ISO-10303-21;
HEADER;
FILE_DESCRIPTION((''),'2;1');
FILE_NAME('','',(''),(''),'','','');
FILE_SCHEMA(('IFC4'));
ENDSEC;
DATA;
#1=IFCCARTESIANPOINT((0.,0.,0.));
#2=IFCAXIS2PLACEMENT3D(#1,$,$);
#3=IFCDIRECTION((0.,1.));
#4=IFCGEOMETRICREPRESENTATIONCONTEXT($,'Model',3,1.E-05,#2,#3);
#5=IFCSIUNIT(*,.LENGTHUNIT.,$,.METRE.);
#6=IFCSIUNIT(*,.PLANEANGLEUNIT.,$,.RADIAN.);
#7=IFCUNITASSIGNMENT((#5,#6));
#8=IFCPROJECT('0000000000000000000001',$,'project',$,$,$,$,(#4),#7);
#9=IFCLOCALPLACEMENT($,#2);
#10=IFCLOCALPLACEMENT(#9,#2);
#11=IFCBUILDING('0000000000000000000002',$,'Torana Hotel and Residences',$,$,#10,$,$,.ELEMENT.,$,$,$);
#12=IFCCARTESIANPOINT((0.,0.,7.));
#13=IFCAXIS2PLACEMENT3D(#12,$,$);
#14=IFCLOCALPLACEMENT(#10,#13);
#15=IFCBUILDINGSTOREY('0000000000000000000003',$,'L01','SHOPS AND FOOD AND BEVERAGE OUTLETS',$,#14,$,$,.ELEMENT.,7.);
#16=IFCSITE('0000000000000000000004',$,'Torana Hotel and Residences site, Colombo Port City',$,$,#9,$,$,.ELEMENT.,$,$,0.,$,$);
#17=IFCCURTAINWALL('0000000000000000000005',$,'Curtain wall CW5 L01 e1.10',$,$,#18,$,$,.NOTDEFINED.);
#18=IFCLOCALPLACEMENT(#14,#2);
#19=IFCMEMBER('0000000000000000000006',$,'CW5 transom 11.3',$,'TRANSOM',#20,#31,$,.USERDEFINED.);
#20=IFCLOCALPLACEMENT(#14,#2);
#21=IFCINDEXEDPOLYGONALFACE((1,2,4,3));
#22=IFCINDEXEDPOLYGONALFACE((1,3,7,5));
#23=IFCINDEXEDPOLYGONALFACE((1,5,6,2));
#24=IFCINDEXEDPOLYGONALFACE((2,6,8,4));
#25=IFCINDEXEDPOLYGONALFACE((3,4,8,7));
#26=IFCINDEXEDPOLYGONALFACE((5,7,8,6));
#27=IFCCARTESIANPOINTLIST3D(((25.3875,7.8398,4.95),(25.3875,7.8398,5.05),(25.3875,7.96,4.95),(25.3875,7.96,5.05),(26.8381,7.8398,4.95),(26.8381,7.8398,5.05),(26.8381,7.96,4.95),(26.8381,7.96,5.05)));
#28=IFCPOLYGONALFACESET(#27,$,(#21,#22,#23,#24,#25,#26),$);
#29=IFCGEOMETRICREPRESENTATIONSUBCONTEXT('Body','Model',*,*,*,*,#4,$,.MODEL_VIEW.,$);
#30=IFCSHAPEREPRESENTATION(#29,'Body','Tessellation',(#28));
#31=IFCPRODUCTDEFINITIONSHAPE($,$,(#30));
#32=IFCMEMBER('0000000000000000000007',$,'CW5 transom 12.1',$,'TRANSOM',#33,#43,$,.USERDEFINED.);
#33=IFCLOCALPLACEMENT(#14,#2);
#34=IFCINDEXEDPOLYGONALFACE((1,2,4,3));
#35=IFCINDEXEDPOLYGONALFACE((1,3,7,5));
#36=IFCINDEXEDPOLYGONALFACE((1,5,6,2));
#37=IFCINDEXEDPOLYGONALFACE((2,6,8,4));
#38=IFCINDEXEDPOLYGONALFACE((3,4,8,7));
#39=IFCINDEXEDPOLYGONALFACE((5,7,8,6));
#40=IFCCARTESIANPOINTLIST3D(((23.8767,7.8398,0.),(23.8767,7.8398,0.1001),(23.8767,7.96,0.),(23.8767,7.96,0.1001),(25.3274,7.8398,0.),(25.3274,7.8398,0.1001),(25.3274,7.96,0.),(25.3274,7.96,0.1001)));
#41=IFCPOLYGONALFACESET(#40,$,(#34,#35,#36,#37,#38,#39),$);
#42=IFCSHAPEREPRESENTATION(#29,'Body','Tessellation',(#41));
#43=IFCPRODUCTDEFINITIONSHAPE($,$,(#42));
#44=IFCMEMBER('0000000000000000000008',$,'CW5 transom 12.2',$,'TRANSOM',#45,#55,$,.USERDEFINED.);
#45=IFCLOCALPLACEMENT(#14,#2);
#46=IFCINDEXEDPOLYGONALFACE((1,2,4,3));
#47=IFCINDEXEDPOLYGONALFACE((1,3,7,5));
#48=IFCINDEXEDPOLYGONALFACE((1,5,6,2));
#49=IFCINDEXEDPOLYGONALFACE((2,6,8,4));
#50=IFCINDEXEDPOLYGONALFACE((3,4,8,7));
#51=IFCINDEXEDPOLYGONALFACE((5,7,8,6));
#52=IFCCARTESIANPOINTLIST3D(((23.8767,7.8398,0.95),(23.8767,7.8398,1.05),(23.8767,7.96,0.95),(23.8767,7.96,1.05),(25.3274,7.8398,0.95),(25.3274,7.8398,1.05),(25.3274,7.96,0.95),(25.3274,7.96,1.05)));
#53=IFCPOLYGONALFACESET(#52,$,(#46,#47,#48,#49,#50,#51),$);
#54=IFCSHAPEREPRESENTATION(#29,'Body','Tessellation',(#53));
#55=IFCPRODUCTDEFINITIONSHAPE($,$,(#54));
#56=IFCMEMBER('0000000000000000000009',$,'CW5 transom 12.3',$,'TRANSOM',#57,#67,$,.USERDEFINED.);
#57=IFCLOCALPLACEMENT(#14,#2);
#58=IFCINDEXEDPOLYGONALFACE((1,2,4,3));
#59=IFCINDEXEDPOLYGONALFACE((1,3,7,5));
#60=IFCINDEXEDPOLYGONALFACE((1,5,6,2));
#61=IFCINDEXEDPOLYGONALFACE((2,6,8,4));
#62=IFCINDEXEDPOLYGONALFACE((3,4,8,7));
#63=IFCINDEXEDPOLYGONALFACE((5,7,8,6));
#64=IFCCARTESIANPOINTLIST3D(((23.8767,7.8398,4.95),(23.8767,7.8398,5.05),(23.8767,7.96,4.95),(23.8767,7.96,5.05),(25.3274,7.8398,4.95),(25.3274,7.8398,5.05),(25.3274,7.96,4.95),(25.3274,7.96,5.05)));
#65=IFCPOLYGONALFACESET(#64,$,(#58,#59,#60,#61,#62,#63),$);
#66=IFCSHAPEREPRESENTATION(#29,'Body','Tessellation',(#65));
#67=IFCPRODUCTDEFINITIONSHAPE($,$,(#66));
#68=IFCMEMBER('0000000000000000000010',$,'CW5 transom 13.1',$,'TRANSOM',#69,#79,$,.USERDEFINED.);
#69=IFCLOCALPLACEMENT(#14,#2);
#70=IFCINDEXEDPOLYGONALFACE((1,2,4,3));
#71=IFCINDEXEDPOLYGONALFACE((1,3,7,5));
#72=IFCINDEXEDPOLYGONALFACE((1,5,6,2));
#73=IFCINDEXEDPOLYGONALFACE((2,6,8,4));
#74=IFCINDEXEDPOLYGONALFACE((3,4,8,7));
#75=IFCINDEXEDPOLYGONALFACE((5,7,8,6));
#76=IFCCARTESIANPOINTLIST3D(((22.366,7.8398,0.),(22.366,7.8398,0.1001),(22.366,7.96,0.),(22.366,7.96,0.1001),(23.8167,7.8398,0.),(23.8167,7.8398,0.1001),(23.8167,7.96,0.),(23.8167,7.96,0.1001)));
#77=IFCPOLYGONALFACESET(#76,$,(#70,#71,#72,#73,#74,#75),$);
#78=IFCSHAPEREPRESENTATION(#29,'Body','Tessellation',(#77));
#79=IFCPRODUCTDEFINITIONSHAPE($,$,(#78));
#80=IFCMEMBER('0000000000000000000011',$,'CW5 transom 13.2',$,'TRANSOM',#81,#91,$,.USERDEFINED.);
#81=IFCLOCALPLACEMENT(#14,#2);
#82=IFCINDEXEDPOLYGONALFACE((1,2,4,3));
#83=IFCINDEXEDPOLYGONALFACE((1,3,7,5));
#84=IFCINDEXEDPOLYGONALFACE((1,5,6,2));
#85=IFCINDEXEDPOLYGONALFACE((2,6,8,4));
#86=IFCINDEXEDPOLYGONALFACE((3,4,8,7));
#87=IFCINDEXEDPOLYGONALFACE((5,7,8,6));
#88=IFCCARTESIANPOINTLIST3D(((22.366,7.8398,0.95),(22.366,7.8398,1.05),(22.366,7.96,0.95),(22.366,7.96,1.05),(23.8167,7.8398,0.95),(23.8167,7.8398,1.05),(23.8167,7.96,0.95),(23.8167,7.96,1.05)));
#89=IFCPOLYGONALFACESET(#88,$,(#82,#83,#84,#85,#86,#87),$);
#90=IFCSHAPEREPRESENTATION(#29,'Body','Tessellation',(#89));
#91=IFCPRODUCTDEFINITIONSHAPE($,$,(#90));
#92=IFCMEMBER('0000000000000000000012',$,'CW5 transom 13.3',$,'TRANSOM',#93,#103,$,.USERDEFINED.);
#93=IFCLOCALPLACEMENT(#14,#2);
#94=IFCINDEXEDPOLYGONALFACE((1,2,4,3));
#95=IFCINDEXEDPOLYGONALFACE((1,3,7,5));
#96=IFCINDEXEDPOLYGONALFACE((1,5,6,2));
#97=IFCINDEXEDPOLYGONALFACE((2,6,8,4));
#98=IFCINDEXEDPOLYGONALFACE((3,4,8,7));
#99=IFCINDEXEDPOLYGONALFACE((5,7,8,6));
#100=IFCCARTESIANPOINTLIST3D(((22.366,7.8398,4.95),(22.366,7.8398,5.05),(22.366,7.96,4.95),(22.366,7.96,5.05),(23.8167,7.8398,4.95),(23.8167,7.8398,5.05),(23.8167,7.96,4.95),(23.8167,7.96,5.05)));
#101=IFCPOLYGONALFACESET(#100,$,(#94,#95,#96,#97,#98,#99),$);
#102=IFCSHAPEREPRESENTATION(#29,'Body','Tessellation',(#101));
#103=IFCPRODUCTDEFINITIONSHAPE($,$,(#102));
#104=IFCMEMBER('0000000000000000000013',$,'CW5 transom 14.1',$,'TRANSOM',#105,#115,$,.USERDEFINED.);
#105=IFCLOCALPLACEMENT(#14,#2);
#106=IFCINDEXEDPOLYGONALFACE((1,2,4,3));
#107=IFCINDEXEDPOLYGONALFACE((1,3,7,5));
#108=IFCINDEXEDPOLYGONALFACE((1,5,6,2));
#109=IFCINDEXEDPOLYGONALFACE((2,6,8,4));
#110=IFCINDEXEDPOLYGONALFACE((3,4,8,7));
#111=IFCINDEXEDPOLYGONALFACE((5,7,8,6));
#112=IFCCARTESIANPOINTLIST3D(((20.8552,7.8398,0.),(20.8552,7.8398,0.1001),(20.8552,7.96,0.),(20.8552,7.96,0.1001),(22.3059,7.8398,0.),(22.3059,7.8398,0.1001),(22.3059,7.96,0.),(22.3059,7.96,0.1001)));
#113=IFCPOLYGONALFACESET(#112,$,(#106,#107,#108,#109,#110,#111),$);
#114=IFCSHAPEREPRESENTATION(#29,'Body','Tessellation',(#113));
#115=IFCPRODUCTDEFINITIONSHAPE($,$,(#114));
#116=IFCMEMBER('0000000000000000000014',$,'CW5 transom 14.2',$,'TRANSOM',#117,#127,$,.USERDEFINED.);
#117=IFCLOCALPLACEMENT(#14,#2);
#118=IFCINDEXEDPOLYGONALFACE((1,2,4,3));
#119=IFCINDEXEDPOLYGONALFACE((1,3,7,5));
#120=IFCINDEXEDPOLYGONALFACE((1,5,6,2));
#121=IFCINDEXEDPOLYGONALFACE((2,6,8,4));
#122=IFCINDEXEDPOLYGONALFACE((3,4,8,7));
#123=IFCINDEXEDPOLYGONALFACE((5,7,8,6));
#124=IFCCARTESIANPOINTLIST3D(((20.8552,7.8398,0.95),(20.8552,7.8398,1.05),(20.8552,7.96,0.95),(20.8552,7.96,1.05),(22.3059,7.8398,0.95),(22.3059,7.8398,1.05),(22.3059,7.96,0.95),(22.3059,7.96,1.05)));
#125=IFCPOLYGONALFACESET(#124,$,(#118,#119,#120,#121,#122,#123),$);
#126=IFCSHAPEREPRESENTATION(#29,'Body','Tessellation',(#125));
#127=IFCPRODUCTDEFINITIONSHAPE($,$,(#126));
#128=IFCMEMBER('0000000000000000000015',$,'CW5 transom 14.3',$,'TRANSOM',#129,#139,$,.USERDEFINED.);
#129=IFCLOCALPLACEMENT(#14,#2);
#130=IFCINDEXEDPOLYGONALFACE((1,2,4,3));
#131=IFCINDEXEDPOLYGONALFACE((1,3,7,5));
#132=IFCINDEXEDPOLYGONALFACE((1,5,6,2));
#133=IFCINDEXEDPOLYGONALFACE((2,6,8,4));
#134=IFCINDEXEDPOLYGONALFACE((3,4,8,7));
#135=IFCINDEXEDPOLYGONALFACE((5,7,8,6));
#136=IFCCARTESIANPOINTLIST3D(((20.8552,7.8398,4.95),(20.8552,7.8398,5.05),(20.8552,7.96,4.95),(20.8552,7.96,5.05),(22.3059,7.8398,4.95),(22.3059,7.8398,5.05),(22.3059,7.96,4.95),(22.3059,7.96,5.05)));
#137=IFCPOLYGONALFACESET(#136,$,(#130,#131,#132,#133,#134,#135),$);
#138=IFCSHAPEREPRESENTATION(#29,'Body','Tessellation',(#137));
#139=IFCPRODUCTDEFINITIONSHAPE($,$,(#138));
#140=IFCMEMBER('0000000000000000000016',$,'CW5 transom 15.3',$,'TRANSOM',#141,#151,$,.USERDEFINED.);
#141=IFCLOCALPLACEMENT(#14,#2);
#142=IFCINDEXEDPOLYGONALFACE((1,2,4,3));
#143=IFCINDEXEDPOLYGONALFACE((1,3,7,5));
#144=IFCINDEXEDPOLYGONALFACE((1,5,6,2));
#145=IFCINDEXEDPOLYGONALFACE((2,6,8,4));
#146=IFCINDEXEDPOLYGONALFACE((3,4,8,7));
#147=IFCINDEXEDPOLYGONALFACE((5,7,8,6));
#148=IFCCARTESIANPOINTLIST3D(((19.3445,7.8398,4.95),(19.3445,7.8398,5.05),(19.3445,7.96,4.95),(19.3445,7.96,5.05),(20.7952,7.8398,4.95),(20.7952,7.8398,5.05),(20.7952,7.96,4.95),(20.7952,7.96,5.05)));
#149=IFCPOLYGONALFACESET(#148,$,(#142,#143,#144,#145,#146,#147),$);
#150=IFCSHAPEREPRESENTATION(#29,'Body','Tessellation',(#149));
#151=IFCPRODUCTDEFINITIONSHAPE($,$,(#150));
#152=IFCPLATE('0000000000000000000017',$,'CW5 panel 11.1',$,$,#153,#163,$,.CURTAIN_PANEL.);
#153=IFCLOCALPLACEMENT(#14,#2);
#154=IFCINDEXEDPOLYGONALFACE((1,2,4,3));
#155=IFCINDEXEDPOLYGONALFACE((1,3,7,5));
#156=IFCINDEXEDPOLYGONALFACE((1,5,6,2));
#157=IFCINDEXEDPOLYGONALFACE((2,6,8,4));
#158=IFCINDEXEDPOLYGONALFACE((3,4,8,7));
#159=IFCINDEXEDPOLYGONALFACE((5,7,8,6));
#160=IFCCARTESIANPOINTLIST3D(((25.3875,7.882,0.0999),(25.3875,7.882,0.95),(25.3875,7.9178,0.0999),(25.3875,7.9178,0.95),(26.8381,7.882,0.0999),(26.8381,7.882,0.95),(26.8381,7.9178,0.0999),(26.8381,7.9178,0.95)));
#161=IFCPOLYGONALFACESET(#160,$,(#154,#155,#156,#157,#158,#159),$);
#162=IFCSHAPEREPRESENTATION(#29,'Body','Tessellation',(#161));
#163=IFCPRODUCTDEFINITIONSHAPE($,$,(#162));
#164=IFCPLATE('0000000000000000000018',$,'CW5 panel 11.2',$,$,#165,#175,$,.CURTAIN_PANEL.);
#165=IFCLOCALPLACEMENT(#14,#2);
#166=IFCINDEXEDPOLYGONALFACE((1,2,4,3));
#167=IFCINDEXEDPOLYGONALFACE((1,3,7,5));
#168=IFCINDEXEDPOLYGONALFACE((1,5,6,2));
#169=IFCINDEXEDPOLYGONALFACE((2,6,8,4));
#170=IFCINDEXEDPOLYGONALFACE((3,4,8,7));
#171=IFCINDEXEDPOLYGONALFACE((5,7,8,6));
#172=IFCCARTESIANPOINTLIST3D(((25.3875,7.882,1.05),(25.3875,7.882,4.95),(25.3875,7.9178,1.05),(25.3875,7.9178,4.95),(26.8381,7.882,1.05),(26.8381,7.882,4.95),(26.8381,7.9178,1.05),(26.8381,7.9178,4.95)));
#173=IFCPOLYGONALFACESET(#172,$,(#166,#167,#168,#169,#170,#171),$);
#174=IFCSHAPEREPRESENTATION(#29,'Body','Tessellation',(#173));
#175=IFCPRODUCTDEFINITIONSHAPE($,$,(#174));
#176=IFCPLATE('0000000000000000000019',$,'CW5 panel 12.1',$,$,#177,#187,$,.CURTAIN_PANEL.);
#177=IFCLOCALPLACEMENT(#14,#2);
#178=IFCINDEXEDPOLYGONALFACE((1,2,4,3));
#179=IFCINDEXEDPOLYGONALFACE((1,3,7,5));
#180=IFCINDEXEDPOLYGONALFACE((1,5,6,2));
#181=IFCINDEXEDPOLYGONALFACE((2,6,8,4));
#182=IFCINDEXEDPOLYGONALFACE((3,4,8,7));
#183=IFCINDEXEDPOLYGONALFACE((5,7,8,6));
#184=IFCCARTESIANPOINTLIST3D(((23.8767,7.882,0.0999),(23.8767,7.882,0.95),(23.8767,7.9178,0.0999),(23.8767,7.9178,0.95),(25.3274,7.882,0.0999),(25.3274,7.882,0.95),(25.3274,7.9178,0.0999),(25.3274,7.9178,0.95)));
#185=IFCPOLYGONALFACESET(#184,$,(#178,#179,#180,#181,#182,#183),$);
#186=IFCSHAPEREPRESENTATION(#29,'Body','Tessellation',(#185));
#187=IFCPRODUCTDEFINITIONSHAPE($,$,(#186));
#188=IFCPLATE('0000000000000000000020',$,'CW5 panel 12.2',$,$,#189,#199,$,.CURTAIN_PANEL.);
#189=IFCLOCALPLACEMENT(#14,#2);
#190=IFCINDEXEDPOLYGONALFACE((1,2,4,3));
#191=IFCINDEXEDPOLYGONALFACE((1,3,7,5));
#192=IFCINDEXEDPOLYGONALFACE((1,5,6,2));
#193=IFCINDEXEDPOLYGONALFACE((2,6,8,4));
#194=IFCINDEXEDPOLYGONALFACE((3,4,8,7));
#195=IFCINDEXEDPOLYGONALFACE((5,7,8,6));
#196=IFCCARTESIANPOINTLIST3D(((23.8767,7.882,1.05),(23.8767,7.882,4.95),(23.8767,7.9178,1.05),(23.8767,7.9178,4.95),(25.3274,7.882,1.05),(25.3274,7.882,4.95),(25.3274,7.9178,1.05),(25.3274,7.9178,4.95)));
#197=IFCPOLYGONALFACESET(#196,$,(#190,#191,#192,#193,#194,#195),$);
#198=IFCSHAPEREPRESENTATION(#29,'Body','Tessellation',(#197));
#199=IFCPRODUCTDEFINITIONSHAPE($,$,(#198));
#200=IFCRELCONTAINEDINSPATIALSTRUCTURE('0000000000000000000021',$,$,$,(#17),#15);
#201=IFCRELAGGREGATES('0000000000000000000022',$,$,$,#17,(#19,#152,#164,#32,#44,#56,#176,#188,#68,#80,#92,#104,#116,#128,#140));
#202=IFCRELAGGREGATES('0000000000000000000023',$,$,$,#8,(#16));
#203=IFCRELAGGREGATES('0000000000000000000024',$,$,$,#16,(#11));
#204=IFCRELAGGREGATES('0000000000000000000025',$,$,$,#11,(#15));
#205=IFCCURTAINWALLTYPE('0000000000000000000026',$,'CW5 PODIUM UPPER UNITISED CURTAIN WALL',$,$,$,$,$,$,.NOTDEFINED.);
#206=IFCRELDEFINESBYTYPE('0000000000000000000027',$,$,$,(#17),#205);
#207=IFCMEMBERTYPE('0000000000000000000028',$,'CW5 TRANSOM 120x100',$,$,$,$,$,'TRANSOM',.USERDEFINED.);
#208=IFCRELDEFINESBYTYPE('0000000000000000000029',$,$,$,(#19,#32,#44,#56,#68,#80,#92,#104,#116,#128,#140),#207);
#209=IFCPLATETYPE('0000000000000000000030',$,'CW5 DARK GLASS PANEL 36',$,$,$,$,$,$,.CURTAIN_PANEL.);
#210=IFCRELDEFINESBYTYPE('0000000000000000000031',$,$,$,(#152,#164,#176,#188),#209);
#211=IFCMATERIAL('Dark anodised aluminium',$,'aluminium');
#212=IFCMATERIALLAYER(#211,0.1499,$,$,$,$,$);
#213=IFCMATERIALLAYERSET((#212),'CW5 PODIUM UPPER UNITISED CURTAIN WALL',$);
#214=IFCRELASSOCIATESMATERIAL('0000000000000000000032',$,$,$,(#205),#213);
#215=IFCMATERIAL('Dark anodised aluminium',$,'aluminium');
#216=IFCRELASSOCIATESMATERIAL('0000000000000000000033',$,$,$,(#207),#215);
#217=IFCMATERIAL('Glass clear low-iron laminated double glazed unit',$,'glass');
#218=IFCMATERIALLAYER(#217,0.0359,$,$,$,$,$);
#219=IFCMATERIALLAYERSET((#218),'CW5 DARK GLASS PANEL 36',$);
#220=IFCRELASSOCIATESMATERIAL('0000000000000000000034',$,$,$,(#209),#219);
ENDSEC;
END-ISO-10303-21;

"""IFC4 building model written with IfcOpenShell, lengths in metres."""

from ifc_helpers import new_model, si_unit, direction, frame, origin, origin_2d, place, context, subcontext, project, spatial, rectangle, extrude, material, layer, layer_set, material_profile, profile_set, type_object, element, aggregate, save


model = new_model("IFC4")

# Units and contexts
model_context = context("Model", 3, precision=1e-05, world=origin(), true_north=direction((0.0, 1.0)))
body_context = subcontext(model_context, "Body", "Model", "MODEL_VIEW")
ifc_project = project(units=[si_unit("LENGTHUNIT", "METRE"), si_unit("PLANEANGLEUNIT", "RADIAN")], contexts=[model_context])

# Site, building, storey
site_placement = place(None, origin())
site = spatial("IfcSite", under=ifc_project, at=site_placement, Name="Torana Hotel and Residences site, Colombo Port City", CompositionType="ELEMENT", RefElevation=0.0)
building_placement = place(site_placement, origin())
building = spatial("IfcBuilding", under=site, at=building_placement, Name="Torana Hotel and Residences", CompositionType="ELEMENT")
storey_placement = place(building_placement, frame((0.0, 0.0, 7.0)))
storey = spatial("IfcBuildingStorey", under=building, at=storey_placement, Name="L01", Description="SHOPS AND FOOD AND BEVERAGE OUTLETS", CompositionType="ELEMENT", Elevation=7.0)

# Curtain wall, members, plates
ifc_material_1 = material(Name="Dark anodised aluminium", Category="aluminium")
ifc_layer_1 = layer(ifc_material_1, 0.1499)
ifc_layer_set_1 = layer_set([ifc_layer_1], Name="CW5 PODIUM UPPER UNITISED CURTAIN WALL")
curtain_wall_type = type_object("IfcCurtainWallType", Name="CW5 PODIUM UPPER UNITISED CURTAIN WALL", PredefinedType="NOTDEFINED", material=ifc_layer_set_1)
curtain_wall_placement = place(storey_placement, origin())
curtain_wall = element("IfcCurtainWall", 1, at=curtain_wall_placement, inside=storey, type_object=curtain_wall_type, Name="Curtain wall CW5 L01 e1.10", PredefinedType="NOTDEFINED")
ifc_material_2 = material(Name="Dark anodised aluminium", Category="aluminium")
ifc_material_profile_1 = material_profile(ifc_material_2, rectangle(XDim=0.1201, YDim=0.1001, at=origin_2d()), Name="CW5 TRANSOM 120x100")
ifc_profile_set_1 = profile_set([ifc_material_profile_1], Name="Dark anodised aluminium")
member_type_1 = type_object("IfcMemberType", Name="CW5 TRANSOM 120x100", ElementType="TRANSOM", PredefinedType="USERDEFINED", material=ifc_profile_set_1)
member_1_placement = place(storey_placement, frame((26.8381, 7.8999, 5.0), z_axis=(-1.0, 0.0, 0.0), x_axis=(0.0, -1.0, 0.0)))
member_1 = element("IfcMember", 2, at=member_1_placement, type_object=member_type_1, Name="CW5 transom 11.3", ObjectType="TRANSOM", PredefinedType="USERDEFINED", context=body_context, shape_type="SweptSolid", body=[
    extrude(rectangle(XDim=0.1201, YDim=0.1001, at=origin_2d()), origin(), (0.0, 0.0, 1.0), 1.4507),
])
member_2_placement = place(storey_placement, frame((25.3274, 7.8999, 0.05), z_axis=(-1.0, 0.0, 0.0), x_axis=(0.0, -1.0, 0.0)))
member_2 = element("IfcMember", 3, at=member_2_placement, type_object=member_type_1, Name="CW5 transom 12.1", ObjectType="TRANSOM", PredefinedType="USERDEFINED", context=body_context, shape_type="SweptSolid", body=[
    extrude(rectangle(XDim=0.1201, YDim=0.1001, at=origin_2d()), origin(), (0.0, 0.0, 1.0), 1.4507),
])
member_3_placement = place(storey_placement, frame((25.3274, 7.8999, 1.0), z_axis=(-1.0, 0.0, 0.0), x_axis=(0.0, -1.0, 0.0)))
member_3 = element("IfcMember", 4, at=member_3_placement, type_object=member_type_1, Name="CW5 transom 12.2", ObjectType="TRANSOM", PredefinedType="USERDEFINED", context=body_context, shape_type="SweptSolid", body=[
    extrude(rectangle(XDim=0.1201, YDim=0.1001, at=origin_2d()), origin(), (0.0, 0.0, 1.0), 1.4507),
])
member_4_placement = place(storey_placement, frame((25.3274, 7.8999, 5.0), z_axis=(-1.0, 0.0, 0.0), x_axis=(0.0, -1.0, 0.0)))
member_4 = element("IfcMember", 5, at=member_4_placement, type_object=member_type_1, Name="CW5 transom 12.3", ObjectType="TRANSOM", PredefinedType="USERDEFINED", context=body_context, shape_type="SweptSolid", body=[
    extrude(rectangle(XDim=0.1201, YDim=0.1001, at=origin_2d()), origin(), (0.0, 0.0, 1.0), 1.4507),
])
member_5_placement = place(storey_placement, frame((23.8167, 7.8999, 0.05), z_axis=(-1.0, 0.0, 0.0), x_axis=(0.0, -1.0, 0.0)))
member_5 = element("IfcMember", 6, at=member_5_placement, type_object=member_type_1, Name="CW5 transom 13.1", ObjectType="TRANSOM", PredefinedType="USERDEFINED", context=body_context, shape_type="SweptSolid", body=[
    extrude(rectangle(XDim=0.1201, YDim=0.1001, at=origin_2d()), origin(), (0.0, 0.0, 1.0), 1.4507),
])
member_6_placement = place(storey_placement, frame((23.8167, 7.8999, 1.0), z_axis=(-1.0, 0.0, 0.0), x_axis=(0.0, -1.0, 0.0)))
member_6 = element("IfcMember", 7, at=member_6_placement, type_object=member_type_1, Name="CW5 transom 13.2", ObjectType="TRANSOM", PredefinedType="USERDEFINED", context=body_context, shape_type="SweptSolid", body=[
    extrude(rectangle(XDim=0.1201, YDim=0.1001, at=origin_2d()), origin(), (0.0, 0.0, 1.0), 1.4507),
])
member_7_placement = place(storey_placement, frame((23.8167, 7.8999, 5.0), z_axis=(-1.0, 0.0, 0.0), x_axis=(0.0, -1.0, 0.0)))
member_7 = element("IfcMember", 8, at=member_7_placement, type_object=member_type_1, Name="CW5 transom 13.3", ObjectType="TRANSOM", PredefinedType="USERDEFINED", context=body_context, shape_type="SweptSolid", body=[
    extrude(rectangle(XDim=0.1201, YDim=0.1001, at=origin_2d()), origin(), (0.0, 0.0, 1.0), 1.4507),
])
member_8_placement = place(storey_placement, frame((22.3059, 7.8999, 0.05), z_axis=(-1.0, 0.0, 0.0), x_axis=(0.0, -1.0, 0.0)))
member_8 = element("IfcMember", 9, at=member_8_placement, type_object=member_type_1, Name="CW5 transom 14.1", ObjectType="TRANSOM", PredefinedType="USERDEFINED", context=body_context, shape_type="SweptSolid", body=[
    extrude(rectangle(XDim=0.1201, YDim=0.1001, at=origin_2d()), origin(), (0.0, 0.0, 1.0), 1.4507),
])
member_9_placement = place(storey_placement, frame((22.3059, 7.8999, 1.0), z_axis=(-1.0, 0.0, 0.0), x_axis=(0.0, -1.0, 0.0)))
member_9 = element("IfcMember", 10, at=member_9_placement, type_object=member_type_1, Name="CW5 transom 14.2", ObjectType="TRANSOM", PredefinedType="USERDEFINED", context=body_context, shape_type="SweptSolid", body=[
    extrude(rectangle(XDim=0.1201, YDim=0.1001, at=origin_2d()), origin(), (0.0, 0.0, 1.0), 1.4507),
])
member_10_placement = place(storey_placement, frame((22.3059, 7.8999, 5.0), z_axis=(-1.0, 0.0, 0.0), x_axis=(0.0, -1.0, 0.0)))
member_10 = element("IfcMember", 11, at=member_10_placement, type_object=member_type_1, Name="CW5 transom 14.3", ObjectType="TRANSOM", PredefinedType="USERDEFINED", context=body_context, shape_type="SweptSolid", body=[
    extrude(rectangle(XDim=0.1201, YDim=0.1001, at=origin_2d()), origin(), (0.0, 0.0, 1.0), 1.4507),
])
member_11_placement = place(storey_placement, frame((20.7952, 7.8999, 5.0), z_axis=(-1.0, 0.0, 0.0), x_axis=(0.0, -1.0, 0.0)))
member_11 = element("IfcMember", 12, at=member_11_placement, type_object=member_type_1, Name="CW5 transom 15.3", ObjectType="TRANSOM", PredefinedType="USERDEFINED", context=body_context, shape_type="SweptSolid", body=[
    extrude(rectangle(XDim=0.1201, YDim=0.1001, at=origin_2d()), origin(), (0.0, 0.0, 1.0), 1.4507),
])
ifc_material_3 = material(Name="Glass clear low-iron laminated double glazed unit", Category="glass")
ifc_layer_2 = layer(ifc_material_3, 0.0359)
ifc_layer_set_2 = layer_set([ifc_layer_2], Name="CW5 DARK GLASS PANEL 36")
plate_type = type_object("IfcPlateType", Name="CW5 DARK GLASS PANEL 36", PredefinedType="CURTAIN_PANEL", material=ifc_layer_set_2)
plate_1_placement = place(storey_placement, frame((26.1128, 7.8999, 0.0999), z_axis=(0.0, 0.0, 1.0), x_axis=(-1.0, 0.0, 0.0)))
plate_1 = element("IfcPlate", 13, at=plate_1_placement, type_object=plate_type, Name="CW5 panel 11.1", PredefinedType="CURTAIN_PANEL", context=body_context, shape_type="SweptSolid", body=[
    extrude(rectangle(XDim=1.4507, YDim=0.0359, at=origin_2d()), origin(), (0.0, 0.0, 1.0), 0.8501),
])
plate_2_placement = place(storey_placement, frame((26.1128, 7.8999, 1.05), z_axis=(0.0, 0.0, 1.0), x_axis=(-1.0, 0.0, 0.0)))
plate_2 = element("IfcPlate", 14, at=plate_2_placement, type_object=plate_type, Name="CW5 panel 11.2", PredefinedType="CURTAIN_PANEL", context=body_context, shape_type="SweptSolid", body=[
    extrude(rectangle(XDim=1.4507, YDim=0.0359, at=origin_2d()), origin(), (0.0, 0.0, 1.0), 3.8999),
])
plate_3_placement = place(storey_placement, frame((24.6021, 7.8999, 0.0999), z_axis=(0.0, 0.0, 1.0), x_axis=(-1.0, 0.0, 0.0)))
plate_3 = element("IfcPlate", 15, at=plate_3_placement, type_object=plate_type, Name="CW5 panel 12.1", PredefinedType="CURTAIN_PANEL", context=body_context, shape_type="SweptSolid", body=[
    extrude(rectangle(XDim=1.4507, YDim=0.0359, at=origin_2d()), origin(), (0.0, 0.0, 1.0), 0.8501),
])
plate_4_placement = place(storey_placement, frame((24.6021, 7.8999, 1.05), z_axis=(0.0, 0.0, 1.0), x_axis=(-1.0, 0.0, 0.0)))
plate_4 = element("IfcPlate", 16, at=plate_4_placement, type_object=plate_type, Name="CW5 panel 12.2", PredefinedType="CURTAIN_PANEL", context=body_context, shape_type="SweptSolid", body=[
    extrude(rectangle(XDim=1.4507, YDim=0.0359, at=origin_2d()), origin(), (0.0, 0.0, 1.0), 3.8999),
])
aggregate(curtain_wall, [member_1, plate_1, plate_2, member_2, member_3, member_4, plate_3, plate_4, member_5, member_6, member_7, member_8, member_9, member_10, member_11])

save(model, "model.ifc")
